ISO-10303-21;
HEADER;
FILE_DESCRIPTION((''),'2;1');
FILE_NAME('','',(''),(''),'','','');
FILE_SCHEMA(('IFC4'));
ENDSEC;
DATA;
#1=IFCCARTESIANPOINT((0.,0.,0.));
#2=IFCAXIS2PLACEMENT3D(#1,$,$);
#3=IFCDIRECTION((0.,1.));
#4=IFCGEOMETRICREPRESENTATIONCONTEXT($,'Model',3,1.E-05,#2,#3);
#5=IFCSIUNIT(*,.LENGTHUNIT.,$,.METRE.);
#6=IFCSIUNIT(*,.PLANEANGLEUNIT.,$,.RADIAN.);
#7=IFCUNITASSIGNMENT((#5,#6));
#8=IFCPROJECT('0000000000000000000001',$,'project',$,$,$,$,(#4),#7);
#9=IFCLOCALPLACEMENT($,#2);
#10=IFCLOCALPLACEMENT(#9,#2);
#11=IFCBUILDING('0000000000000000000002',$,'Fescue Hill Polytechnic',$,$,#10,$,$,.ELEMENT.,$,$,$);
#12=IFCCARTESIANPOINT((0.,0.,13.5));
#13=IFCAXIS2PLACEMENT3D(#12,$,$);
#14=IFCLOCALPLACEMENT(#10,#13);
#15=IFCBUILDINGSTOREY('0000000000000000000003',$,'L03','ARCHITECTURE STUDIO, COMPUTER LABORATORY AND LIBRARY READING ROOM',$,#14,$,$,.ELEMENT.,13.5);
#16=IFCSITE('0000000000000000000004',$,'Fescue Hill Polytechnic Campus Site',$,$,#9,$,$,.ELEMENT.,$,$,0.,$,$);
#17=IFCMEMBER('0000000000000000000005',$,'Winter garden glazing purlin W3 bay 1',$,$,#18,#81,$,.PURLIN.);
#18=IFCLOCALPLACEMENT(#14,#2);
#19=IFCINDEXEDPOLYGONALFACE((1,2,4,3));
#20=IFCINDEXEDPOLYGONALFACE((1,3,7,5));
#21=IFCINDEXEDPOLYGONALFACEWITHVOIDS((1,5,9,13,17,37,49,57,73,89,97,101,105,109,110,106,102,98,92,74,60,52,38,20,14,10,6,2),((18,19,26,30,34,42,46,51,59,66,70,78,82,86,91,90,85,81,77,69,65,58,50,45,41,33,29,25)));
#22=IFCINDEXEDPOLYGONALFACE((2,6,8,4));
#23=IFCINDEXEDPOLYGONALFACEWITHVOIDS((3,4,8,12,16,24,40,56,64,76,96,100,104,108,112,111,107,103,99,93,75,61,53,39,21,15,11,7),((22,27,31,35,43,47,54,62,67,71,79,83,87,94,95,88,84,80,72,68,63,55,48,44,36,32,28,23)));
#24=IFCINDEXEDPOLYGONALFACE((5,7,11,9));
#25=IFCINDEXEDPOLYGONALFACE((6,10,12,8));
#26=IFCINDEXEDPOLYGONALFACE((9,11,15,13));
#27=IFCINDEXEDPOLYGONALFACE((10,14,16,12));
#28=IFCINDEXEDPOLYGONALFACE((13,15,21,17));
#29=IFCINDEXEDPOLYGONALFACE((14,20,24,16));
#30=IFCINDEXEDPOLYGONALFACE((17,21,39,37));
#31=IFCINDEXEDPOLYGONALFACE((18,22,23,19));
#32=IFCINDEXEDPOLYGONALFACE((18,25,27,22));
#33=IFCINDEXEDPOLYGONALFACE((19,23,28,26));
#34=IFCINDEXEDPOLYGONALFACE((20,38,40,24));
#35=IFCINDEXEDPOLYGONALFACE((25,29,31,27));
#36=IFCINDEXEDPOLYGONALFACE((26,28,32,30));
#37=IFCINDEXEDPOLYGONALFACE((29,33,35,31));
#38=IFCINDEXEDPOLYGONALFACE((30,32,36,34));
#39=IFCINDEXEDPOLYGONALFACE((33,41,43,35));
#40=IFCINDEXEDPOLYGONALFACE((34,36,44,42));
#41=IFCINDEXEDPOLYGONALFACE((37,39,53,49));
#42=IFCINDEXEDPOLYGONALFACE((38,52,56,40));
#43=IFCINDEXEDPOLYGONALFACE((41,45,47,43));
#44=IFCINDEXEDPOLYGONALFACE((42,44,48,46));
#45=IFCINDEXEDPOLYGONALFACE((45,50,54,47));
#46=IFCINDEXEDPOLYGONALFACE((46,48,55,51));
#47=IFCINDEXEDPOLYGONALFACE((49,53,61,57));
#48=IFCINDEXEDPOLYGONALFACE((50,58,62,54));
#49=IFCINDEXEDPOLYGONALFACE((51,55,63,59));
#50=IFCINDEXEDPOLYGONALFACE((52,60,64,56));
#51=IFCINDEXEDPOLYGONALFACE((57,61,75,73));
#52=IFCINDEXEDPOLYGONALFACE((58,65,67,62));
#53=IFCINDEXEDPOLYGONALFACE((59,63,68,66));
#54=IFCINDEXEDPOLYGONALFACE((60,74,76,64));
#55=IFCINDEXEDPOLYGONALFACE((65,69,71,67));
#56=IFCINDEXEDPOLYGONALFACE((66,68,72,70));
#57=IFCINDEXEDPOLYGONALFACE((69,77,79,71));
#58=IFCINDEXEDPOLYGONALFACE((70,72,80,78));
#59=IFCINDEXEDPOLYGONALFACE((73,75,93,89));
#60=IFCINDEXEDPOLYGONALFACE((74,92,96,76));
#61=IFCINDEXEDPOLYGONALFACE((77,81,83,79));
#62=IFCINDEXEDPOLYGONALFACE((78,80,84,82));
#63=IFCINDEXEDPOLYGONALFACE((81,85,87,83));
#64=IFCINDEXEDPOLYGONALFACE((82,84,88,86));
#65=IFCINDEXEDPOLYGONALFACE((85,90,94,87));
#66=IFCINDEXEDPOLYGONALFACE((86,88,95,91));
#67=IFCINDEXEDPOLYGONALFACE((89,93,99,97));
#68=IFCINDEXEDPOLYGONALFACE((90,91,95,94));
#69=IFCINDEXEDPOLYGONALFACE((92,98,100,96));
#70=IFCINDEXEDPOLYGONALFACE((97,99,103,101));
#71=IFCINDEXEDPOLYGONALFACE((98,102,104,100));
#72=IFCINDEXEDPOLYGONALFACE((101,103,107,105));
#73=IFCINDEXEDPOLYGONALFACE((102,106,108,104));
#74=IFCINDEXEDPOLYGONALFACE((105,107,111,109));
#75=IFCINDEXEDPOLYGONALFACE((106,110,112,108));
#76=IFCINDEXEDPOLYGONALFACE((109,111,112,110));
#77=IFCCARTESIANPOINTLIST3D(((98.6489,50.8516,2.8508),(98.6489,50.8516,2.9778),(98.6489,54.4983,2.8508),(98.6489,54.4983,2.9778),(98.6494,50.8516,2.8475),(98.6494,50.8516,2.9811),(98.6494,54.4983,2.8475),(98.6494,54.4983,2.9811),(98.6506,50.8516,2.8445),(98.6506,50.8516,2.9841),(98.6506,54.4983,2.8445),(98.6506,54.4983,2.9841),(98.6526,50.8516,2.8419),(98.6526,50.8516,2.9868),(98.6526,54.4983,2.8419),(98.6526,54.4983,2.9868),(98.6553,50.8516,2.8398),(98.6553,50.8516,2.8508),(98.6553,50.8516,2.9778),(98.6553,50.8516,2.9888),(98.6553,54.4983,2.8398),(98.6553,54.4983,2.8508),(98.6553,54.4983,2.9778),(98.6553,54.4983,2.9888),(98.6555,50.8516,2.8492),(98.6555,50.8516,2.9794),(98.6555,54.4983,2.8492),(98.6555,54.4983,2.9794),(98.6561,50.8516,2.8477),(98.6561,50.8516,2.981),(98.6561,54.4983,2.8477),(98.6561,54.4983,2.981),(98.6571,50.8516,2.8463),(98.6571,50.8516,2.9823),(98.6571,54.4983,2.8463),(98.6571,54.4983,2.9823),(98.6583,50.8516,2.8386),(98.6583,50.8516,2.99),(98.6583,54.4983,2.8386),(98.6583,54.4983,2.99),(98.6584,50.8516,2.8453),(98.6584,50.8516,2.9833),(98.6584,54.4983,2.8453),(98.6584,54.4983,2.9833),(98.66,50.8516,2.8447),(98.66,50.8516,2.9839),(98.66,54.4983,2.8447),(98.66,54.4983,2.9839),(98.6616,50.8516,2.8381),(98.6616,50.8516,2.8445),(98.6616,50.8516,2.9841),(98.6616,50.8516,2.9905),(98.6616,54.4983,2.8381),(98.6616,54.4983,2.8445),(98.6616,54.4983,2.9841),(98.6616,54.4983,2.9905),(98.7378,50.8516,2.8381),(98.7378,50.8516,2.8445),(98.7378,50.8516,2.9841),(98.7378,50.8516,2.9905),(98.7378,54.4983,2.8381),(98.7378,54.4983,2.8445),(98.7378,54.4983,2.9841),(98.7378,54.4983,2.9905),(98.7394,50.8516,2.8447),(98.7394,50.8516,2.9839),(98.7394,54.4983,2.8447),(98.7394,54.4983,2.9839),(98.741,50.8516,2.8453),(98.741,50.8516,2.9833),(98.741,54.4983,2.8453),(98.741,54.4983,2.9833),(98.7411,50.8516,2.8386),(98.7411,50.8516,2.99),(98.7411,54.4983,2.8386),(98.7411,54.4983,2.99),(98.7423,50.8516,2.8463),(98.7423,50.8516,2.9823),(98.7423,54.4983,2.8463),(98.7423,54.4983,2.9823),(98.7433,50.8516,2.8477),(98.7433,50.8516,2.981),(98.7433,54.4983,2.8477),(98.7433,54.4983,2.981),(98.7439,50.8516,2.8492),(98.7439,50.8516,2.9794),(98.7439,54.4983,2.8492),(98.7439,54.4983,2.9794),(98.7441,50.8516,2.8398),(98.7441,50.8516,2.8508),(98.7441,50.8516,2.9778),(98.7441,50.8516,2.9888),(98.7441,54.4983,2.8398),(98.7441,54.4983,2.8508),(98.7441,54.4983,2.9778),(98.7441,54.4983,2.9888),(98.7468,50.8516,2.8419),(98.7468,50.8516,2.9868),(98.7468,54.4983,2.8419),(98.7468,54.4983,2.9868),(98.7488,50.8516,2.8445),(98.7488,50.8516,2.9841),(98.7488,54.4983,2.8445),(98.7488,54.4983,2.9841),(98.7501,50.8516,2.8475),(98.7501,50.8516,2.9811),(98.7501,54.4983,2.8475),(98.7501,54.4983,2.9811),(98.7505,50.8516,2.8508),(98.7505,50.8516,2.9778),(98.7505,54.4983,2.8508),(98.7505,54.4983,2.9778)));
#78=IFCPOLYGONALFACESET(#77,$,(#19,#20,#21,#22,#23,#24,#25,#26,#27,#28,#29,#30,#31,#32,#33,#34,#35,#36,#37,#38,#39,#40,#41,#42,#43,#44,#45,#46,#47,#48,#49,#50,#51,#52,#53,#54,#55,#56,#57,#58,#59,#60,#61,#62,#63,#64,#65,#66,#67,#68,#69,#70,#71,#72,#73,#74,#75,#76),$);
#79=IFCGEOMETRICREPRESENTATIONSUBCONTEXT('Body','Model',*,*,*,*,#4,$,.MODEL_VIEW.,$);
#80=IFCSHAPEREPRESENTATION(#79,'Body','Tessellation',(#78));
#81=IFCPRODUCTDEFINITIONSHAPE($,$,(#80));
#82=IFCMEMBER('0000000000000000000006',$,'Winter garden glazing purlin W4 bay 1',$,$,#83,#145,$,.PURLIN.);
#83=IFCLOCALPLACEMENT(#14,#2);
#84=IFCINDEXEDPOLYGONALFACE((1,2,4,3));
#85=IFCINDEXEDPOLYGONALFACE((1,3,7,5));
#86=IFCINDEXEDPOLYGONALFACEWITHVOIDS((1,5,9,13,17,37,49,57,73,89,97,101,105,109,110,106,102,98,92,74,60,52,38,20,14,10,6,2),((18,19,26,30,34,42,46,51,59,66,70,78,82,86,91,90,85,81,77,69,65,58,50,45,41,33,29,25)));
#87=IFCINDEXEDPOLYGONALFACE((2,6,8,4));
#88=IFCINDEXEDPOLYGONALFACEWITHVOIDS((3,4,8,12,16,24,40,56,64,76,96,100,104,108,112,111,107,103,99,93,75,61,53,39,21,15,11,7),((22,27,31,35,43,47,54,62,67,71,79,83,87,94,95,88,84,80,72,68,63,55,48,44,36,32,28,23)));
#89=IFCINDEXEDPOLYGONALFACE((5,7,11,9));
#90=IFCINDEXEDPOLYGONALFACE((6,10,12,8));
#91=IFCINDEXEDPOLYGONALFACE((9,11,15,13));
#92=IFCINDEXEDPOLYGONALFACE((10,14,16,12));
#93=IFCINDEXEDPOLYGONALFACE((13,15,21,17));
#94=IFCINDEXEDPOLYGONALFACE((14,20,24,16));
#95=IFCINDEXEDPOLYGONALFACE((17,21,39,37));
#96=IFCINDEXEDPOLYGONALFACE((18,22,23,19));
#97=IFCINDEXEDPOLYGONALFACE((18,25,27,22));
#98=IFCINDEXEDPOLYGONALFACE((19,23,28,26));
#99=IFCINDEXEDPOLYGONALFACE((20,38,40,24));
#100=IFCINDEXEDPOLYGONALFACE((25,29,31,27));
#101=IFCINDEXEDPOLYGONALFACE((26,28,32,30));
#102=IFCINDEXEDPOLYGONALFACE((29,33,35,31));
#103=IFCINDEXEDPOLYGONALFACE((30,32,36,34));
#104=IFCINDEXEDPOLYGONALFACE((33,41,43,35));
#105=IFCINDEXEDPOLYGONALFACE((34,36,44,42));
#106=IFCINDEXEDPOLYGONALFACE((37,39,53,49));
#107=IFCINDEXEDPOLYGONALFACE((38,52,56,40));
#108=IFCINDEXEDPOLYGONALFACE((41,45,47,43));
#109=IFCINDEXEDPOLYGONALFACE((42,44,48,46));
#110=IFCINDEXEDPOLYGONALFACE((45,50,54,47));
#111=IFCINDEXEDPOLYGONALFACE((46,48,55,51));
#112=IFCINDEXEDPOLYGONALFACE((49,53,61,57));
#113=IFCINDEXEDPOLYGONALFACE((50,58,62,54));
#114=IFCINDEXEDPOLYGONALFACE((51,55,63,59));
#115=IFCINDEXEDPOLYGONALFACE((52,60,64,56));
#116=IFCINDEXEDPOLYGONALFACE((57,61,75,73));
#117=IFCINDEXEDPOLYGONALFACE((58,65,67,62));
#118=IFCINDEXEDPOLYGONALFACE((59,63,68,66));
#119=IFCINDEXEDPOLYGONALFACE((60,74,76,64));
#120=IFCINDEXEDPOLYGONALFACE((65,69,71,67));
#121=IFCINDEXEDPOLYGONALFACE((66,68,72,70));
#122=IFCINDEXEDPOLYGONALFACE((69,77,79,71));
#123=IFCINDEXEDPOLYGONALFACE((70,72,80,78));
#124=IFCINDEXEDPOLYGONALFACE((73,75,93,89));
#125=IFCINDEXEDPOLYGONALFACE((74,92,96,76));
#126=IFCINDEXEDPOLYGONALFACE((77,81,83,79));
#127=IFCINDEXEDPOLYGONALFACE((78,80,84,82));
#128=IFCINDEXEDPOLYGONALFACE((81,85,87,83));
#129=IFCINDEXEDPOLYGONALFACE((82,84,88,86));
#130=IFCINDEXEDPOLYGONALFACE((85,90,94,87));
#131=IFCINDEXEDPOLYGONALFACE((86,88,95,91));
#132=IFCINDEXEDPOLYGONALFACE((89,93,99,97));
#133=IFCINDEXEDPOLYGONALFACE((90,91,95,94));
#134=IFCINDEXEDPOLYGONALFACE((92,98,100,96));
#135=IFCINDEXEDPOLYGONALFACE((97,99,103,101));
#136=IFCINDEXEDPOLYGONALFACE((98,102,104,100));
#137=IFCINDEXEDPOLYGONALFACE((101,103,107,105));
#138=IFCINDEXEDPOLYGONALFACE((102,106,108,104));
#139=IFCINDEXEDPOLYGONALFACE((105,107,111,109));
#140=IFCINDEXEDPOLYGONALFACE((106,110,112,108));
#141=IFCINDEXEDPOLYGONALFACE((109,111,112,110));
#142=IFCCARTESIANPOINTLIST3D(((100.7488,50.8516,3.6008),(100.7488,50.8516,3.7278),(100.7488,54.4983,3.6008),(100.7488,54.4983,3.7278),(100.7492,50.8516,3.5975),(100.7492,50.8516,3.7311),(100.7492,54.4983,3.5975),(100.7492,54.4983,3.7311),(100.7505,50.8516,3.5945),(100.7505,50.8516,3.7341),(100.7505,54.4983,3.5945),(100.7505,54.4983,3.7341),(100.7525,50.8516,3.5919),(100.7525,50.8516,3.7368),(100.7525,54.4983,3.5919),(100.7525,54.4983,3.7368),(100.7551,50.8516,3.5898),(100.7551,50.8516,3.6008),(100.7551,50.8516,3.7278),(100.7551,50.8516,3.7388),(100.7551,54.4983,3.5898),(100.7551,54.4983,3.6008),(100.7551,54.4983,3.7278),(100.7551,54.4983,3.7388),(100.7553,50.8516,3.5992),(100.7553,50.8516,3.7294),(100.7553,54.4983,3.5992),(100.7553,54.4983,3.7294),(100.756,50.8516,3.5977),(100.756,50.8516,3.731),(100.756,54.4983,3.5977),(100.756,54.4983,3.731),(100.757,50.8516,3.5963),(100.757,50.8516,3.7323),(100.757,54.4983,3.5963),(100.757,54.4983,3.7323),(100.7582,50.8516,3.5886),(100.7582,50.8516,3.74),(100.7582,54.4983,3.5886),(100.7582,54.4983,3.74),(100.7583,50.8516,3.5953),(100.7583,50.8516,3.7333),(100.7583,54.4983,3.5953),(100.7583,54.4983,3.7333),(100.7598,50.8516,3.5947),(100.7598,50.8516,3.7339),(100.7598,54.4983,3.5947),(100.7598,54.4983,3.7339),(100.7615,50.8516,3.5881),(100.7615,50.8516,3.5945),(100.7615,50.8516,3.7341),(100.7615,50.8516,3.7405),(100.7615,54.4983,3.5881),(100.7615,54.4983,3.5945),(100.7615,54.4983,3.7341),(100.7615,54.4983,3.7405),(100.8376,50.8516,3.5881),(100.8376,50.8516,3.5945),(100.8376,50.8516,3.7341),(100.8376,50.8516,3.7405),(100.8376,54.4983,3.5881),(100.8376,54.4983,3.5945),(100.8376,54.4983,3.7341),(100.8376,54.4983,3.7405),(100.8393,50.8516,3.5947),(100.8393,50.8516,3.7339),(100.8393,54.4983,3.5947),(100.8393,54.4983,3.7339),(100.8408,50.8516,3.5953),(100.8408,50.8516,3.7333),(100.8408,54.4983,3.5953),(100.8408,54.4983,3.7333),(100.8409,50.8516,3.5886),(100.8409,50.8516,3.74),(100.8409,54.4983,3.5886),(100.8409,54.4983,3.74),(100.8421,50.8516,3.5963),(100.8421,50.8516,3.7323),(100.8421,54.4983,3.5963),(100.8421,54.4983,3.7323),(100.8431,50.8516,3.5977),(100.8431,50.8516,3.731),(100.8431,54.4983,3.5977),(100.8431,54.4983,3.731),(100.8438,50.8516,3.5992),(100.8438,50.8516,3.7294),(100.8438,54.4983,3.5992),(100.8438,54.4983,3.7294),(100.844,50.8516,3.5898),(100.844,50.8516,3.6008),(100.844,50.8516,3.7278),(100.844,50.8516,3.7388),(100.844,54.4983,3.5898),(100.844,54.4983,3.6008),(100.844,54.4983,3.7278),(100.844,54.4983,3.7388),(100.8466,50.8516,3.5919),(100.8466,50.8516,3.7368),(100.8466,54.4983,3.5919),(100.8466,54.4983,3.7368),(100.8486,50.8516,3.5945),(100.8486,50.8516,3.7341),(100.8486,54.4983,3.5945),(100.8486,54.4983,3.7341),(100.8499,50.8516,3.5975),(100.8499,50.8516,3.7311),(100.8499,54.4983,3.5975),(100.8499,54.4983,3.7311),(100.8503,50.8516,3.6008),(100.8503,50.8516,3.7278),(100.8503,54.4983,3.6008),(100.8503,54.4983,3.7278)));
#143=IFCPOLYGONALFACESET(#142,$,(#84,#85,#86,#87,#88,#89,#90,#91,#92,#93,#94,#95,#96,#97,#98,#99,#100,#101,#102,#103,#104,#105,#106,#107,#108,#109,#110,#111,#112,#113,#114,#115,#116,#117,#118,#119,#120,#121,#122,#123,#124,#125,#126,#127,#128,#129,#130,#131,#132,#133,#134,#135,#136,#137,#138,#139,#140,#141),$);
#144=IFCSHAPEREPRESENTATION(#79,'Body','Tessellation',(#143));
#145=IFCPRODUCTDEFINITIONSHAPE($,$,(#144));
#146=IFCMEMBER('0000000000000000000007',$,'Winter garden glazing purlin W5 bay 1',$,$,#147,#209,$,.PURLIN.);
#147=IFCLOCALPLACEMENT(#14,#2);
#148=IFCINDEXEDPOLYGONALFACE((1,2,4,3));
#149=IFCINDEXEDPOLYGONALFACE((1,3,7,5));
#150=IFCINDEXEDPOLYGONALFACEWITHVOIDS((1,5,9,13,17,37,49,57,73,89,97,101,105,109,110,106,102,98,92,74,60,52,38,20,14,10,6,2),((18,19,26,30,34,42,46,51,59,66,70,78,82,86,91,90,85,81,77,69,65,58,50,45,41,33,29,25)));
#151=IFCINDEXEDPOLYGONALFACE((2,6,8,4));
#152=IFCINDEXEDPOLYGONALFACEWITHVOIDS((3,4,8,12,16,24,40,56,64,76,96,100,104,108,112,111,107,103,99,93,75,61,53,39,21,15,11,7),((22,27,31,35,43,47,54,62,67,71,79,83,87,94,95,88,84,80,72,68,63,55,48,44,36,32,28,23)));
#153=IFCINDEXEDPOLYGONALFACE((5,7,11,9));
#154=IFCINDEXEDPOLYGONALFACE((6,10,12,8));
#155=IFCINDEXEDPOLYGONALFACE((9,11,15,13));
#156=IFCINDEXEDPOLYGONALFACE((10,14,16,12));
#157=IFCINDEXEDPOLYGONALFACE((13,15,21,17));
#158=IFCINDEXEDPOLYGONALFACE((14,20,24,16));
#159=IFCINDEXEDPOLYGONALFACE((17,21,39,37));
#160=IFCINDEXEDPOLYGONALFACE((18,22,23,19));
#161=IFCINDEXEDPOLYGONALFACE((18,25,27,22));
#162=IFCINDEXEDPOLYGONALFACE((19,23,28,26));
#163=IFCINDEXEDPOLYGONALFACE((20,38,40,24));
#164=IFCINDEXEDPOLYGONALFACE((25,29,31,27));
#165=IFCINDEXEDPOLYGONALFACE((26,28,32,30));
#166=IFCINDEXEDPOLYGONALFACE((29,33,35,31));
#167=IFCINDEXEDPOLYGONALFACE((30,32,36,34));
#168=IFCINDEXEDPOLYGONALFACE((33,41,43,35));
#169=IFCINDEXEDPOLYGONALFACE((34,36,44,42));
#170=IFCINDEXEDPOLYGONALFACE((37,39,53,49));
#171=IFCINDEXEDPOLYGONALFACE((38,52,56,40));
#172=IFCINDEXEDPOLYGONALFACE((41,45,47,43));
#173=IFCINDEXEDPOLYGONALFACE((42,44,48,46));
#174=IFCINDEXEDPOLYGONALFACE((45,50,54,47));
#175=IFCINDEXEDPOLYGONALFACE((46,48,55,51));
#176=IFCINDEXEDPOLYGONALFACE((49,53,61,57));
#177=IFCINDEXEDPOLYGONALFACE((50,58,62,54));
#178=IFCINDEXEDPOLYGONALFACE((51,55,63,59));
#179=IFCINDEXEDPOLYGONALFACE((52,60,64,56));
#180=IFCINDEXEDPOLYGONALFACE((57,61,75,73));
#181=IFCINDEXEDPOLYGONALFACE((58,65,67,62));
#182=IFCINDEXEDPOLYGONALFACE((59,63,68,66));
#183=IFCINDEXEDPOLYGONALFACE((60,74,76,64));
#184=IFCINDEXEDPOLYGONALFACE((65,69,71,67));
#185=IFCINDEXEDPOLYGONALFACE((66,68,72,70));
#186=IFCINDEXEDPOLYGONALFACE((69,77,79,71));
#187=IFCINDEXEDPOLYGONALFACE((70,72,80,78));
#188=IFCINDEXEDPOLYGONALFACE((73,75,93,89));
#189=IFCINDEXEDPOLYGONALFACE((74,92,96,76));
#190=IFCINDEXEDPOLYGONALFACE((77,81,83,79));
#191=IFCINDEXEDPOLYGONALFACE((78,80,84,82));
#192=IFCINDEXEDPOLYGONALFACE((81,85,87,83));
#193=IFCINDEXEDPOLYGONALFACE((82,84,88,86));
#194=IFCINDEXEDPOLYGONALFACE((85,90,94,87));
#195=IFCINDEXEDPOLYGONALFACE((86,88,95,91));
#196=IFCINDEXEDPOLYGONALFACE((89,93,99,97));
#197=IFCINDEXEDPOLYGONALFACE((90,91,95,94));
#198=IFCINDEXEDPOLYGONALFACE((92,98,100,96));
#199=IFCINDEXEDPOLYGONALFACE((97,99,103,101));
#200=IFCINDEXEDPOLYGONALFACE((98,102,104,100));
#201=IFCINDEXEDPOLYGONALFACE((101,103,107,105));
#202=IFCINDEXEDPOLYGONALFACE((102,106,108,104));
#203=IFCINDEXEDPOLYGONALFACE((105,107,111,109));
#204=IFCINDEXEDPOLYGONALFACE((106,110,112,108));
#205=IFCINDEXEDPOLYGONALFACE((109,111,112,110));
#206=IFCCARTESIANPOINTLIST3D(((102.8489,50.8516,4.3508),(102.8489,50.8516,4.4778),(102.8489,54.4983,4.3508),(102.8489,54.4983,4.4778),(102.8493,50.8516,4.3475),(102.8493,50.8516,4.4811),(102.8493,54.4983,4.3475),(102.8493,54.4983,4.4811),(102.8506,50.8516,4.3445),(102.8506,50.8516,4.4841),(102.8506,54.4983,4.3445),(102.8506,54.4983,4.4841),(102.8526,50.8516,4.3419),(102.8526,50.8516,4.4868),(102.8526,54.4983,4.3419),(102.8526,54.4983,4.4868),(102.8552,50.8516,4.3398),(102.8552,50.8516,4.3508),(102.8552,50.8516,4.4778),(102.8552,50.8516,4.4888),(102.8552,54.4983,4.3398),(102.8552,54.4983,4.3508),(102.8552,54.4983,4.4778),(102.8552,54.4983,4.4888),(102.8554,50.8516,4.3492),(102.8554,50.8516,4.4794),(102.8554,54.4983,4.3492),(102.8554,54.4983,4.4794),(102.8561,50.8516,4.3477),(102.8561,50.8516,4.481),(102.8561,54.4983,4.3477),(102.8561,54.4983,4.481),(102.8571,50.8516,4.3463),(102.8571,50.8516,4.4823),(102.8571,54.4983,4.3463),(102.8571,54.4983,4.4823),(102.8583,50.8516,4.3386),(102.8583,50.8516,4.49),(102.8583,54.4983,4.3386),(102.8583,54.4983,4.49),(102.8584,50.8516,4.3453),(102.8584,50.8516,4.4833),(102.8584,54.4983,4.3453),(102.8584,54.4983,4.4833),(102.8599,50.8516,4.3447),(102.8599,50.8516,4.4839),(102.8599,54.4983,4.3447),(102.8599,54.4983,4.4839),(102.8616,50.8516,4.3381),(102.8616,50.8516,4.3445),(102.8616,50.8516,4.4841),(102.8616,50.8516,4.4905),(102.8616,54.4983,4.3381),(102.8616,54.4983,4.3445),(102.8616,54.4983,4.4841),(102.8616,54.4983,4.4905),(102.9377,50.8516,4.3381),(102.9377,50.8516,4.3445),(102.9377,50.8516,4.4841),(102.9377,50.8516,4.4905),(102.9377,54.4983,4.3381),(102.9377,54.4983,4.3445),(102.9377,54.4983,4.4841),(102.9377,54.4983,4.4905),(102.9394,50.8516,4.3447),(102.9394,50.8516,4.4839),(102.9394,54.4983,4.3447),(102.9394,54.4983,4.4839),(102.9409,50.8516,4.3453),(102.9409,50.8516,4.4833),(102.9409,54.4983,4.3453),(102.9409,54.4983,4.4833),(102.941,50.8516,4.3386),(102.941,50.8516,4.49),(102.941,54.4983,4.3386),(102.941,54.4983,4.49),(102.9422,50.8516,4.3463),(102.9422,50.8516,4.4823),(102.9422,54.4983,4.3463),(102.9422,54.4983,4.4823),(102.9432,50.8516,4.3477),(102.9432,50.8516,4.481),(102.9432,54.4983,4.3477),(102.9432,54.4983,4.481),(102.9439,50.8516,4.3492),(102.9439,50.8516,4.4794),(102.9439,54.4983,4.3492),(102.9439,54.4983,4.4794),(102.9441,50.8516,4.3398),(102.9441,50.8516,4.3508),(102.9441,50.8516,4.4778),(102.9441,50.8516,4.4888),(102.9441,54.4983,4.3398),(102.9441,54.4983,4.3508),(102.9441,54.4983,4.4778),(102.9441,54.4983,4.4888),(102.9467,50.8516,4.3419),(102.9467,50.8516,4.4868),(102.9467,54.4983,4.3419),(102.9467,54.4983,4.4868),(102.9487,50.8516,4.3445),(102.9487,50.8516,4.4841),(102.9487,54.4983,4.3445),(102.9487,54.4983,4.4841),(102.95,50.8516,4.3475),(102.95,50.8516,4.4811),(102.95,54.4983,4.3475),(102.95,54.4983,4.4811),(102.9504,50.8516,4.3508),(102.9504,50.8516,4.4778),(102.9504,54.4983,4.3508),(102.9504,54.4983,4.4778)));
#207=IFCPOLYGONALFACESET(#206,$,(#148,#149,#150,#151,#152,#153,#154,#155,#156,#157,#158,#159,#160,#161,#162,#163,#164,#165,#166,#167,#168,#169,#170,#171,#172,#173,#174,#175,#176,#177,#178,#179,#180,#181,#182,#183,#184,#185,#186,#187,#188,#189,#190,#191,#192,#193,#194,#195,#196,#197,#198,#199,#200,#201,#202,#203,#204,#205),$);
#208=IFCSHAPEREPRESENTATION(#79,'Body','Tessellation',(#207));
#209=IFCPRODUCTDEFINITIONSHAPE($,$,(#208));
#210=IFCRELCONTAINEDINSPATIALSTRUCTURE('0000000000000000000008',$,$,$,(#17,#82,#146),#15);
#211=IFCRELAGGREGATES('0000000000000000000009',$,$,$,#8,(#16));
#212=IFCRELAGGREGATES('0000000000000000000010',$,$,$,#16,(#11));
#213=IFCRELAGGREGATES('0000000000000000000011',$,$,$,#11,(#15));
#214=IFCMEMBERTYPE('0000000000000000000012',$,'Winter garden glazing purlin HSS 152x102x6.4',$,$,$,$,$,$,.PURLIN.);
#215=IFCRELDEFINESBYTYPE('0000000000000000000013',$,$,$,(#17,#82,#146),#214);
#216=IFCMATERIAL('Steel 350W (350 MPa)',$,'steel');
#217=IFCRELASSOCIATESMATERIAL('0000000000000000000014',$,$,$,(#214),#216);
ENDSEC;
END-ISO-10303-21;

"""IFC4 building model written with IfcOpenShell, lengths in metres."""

from ifc_helpers import new_model, si_unit, direction, frame, origin, origin_2d, place, context, subcontext, project, spatial, hollow_rectangle, extrude, material, material_profile, profile_set, type_object, element, save


model = new_model("IFC4")

# Units and contexts
model_context = context("Model", 3, precision=1e-05, world=origin(), true_north=direction((0.0, 1.0)))
body_context = subcontext(model_context, "Body", "Model", "MODEL_VIEW")
ifc_project = project(units=[si_unit("LENGTHUNIT", "METRE"), si_unit("PLANEANGLEUNIT", "RADIAN")], contexts=[model_context])

# Site, building, storey
site_placement = place(None, origin())
site = spatial("IfcSite", under=ifc_project, at=site_placement, Name="Fescue Hill Polytechnic Campus Site", CompositionType="ELEMENT", RefElevation=0.0)
building_placement = place(site_placement, origin())
building = spatial("IfcBuilding", under=site, at=building_placement, Name="Fescue Hill Polytechnic", CompositionType="ELEMENT")
storey_placement = place(building_placement, frame((0.0, 0.0, 13.5)))
storey = spatial("IfcBuildingStorey", under=building, at=storey_placement, Name="L03", Description="ARCHITECTURE STUDIO, COMPUTER LABORATORY AND LIBRARY READING ROOM", CompositionType="ELEMENT", Elevation=13.5)

# Members
ifc_material_1 = material(Name="Steel 350W (350 MPa)", Category="steel")
ifc_material_profile_1 = material_profile(ifc_material_1, hollow_rectangle(XDim=0.1016, YDim=0.1523, WallThickness=0.0063, InnerFilletRadius=0.0063, OuterFilletRadius=0.0127, at=origin_2d()), Name="Winter garden glazing purlin HSS 152x102x6.4")
ifc_profile_set_1 = profile_set([ifc_material_profile_1], Name="Steel 350W (350 MPa)")
member_type_1 = type_object("IfcMemberType", Name="Winter garden glazing purlin HSS 152x102x6.4", PredefinedType="PURLIN", material=ifc_profile_set_1)
for number, where, z_axis, x_axis, name in (
    (1, (98.6997, 50.8516, 2.9143), (0.0, 1.0, 0.0), (-1.0, 0.0, 0.0), "Winter garden glazing purlin W3 bay 1"),
    (2, (100.7996, 50.8516, 3.6643), (0.0, 1.0, 0.0), (-1.0, 0.0, 0.0), "Winter garden glazing purlin W4 bay 1"),
    (3, (102.8997, 50.8516, 4.4143), (0.0, 1.0, 0.0), (-1.0, 0.0, 0.0), "Winter garden glazing purlin W5 bay 1"),
):
    element("IfcMember", number, at=place(storey_placement, frame(where, z_axis=z_axis, x_axis=x_axis)), inside=storey, type_object=member_type_1, Name=name, PredefinedType="PURLIN", context=body_context, shape_type="SweptSolid", body=[
        extrude(hollow_rectangle(XDim=0.1016, YDim=0.1523, WallThickness=0.0063, InnerFilletRadius=0.0063, OuterFilletRadius=0.0127, at=origin_2d()), origin(), (0.0, 0.0, 1.0), 3.6467),
    ])

save(model, "model.ifc")
